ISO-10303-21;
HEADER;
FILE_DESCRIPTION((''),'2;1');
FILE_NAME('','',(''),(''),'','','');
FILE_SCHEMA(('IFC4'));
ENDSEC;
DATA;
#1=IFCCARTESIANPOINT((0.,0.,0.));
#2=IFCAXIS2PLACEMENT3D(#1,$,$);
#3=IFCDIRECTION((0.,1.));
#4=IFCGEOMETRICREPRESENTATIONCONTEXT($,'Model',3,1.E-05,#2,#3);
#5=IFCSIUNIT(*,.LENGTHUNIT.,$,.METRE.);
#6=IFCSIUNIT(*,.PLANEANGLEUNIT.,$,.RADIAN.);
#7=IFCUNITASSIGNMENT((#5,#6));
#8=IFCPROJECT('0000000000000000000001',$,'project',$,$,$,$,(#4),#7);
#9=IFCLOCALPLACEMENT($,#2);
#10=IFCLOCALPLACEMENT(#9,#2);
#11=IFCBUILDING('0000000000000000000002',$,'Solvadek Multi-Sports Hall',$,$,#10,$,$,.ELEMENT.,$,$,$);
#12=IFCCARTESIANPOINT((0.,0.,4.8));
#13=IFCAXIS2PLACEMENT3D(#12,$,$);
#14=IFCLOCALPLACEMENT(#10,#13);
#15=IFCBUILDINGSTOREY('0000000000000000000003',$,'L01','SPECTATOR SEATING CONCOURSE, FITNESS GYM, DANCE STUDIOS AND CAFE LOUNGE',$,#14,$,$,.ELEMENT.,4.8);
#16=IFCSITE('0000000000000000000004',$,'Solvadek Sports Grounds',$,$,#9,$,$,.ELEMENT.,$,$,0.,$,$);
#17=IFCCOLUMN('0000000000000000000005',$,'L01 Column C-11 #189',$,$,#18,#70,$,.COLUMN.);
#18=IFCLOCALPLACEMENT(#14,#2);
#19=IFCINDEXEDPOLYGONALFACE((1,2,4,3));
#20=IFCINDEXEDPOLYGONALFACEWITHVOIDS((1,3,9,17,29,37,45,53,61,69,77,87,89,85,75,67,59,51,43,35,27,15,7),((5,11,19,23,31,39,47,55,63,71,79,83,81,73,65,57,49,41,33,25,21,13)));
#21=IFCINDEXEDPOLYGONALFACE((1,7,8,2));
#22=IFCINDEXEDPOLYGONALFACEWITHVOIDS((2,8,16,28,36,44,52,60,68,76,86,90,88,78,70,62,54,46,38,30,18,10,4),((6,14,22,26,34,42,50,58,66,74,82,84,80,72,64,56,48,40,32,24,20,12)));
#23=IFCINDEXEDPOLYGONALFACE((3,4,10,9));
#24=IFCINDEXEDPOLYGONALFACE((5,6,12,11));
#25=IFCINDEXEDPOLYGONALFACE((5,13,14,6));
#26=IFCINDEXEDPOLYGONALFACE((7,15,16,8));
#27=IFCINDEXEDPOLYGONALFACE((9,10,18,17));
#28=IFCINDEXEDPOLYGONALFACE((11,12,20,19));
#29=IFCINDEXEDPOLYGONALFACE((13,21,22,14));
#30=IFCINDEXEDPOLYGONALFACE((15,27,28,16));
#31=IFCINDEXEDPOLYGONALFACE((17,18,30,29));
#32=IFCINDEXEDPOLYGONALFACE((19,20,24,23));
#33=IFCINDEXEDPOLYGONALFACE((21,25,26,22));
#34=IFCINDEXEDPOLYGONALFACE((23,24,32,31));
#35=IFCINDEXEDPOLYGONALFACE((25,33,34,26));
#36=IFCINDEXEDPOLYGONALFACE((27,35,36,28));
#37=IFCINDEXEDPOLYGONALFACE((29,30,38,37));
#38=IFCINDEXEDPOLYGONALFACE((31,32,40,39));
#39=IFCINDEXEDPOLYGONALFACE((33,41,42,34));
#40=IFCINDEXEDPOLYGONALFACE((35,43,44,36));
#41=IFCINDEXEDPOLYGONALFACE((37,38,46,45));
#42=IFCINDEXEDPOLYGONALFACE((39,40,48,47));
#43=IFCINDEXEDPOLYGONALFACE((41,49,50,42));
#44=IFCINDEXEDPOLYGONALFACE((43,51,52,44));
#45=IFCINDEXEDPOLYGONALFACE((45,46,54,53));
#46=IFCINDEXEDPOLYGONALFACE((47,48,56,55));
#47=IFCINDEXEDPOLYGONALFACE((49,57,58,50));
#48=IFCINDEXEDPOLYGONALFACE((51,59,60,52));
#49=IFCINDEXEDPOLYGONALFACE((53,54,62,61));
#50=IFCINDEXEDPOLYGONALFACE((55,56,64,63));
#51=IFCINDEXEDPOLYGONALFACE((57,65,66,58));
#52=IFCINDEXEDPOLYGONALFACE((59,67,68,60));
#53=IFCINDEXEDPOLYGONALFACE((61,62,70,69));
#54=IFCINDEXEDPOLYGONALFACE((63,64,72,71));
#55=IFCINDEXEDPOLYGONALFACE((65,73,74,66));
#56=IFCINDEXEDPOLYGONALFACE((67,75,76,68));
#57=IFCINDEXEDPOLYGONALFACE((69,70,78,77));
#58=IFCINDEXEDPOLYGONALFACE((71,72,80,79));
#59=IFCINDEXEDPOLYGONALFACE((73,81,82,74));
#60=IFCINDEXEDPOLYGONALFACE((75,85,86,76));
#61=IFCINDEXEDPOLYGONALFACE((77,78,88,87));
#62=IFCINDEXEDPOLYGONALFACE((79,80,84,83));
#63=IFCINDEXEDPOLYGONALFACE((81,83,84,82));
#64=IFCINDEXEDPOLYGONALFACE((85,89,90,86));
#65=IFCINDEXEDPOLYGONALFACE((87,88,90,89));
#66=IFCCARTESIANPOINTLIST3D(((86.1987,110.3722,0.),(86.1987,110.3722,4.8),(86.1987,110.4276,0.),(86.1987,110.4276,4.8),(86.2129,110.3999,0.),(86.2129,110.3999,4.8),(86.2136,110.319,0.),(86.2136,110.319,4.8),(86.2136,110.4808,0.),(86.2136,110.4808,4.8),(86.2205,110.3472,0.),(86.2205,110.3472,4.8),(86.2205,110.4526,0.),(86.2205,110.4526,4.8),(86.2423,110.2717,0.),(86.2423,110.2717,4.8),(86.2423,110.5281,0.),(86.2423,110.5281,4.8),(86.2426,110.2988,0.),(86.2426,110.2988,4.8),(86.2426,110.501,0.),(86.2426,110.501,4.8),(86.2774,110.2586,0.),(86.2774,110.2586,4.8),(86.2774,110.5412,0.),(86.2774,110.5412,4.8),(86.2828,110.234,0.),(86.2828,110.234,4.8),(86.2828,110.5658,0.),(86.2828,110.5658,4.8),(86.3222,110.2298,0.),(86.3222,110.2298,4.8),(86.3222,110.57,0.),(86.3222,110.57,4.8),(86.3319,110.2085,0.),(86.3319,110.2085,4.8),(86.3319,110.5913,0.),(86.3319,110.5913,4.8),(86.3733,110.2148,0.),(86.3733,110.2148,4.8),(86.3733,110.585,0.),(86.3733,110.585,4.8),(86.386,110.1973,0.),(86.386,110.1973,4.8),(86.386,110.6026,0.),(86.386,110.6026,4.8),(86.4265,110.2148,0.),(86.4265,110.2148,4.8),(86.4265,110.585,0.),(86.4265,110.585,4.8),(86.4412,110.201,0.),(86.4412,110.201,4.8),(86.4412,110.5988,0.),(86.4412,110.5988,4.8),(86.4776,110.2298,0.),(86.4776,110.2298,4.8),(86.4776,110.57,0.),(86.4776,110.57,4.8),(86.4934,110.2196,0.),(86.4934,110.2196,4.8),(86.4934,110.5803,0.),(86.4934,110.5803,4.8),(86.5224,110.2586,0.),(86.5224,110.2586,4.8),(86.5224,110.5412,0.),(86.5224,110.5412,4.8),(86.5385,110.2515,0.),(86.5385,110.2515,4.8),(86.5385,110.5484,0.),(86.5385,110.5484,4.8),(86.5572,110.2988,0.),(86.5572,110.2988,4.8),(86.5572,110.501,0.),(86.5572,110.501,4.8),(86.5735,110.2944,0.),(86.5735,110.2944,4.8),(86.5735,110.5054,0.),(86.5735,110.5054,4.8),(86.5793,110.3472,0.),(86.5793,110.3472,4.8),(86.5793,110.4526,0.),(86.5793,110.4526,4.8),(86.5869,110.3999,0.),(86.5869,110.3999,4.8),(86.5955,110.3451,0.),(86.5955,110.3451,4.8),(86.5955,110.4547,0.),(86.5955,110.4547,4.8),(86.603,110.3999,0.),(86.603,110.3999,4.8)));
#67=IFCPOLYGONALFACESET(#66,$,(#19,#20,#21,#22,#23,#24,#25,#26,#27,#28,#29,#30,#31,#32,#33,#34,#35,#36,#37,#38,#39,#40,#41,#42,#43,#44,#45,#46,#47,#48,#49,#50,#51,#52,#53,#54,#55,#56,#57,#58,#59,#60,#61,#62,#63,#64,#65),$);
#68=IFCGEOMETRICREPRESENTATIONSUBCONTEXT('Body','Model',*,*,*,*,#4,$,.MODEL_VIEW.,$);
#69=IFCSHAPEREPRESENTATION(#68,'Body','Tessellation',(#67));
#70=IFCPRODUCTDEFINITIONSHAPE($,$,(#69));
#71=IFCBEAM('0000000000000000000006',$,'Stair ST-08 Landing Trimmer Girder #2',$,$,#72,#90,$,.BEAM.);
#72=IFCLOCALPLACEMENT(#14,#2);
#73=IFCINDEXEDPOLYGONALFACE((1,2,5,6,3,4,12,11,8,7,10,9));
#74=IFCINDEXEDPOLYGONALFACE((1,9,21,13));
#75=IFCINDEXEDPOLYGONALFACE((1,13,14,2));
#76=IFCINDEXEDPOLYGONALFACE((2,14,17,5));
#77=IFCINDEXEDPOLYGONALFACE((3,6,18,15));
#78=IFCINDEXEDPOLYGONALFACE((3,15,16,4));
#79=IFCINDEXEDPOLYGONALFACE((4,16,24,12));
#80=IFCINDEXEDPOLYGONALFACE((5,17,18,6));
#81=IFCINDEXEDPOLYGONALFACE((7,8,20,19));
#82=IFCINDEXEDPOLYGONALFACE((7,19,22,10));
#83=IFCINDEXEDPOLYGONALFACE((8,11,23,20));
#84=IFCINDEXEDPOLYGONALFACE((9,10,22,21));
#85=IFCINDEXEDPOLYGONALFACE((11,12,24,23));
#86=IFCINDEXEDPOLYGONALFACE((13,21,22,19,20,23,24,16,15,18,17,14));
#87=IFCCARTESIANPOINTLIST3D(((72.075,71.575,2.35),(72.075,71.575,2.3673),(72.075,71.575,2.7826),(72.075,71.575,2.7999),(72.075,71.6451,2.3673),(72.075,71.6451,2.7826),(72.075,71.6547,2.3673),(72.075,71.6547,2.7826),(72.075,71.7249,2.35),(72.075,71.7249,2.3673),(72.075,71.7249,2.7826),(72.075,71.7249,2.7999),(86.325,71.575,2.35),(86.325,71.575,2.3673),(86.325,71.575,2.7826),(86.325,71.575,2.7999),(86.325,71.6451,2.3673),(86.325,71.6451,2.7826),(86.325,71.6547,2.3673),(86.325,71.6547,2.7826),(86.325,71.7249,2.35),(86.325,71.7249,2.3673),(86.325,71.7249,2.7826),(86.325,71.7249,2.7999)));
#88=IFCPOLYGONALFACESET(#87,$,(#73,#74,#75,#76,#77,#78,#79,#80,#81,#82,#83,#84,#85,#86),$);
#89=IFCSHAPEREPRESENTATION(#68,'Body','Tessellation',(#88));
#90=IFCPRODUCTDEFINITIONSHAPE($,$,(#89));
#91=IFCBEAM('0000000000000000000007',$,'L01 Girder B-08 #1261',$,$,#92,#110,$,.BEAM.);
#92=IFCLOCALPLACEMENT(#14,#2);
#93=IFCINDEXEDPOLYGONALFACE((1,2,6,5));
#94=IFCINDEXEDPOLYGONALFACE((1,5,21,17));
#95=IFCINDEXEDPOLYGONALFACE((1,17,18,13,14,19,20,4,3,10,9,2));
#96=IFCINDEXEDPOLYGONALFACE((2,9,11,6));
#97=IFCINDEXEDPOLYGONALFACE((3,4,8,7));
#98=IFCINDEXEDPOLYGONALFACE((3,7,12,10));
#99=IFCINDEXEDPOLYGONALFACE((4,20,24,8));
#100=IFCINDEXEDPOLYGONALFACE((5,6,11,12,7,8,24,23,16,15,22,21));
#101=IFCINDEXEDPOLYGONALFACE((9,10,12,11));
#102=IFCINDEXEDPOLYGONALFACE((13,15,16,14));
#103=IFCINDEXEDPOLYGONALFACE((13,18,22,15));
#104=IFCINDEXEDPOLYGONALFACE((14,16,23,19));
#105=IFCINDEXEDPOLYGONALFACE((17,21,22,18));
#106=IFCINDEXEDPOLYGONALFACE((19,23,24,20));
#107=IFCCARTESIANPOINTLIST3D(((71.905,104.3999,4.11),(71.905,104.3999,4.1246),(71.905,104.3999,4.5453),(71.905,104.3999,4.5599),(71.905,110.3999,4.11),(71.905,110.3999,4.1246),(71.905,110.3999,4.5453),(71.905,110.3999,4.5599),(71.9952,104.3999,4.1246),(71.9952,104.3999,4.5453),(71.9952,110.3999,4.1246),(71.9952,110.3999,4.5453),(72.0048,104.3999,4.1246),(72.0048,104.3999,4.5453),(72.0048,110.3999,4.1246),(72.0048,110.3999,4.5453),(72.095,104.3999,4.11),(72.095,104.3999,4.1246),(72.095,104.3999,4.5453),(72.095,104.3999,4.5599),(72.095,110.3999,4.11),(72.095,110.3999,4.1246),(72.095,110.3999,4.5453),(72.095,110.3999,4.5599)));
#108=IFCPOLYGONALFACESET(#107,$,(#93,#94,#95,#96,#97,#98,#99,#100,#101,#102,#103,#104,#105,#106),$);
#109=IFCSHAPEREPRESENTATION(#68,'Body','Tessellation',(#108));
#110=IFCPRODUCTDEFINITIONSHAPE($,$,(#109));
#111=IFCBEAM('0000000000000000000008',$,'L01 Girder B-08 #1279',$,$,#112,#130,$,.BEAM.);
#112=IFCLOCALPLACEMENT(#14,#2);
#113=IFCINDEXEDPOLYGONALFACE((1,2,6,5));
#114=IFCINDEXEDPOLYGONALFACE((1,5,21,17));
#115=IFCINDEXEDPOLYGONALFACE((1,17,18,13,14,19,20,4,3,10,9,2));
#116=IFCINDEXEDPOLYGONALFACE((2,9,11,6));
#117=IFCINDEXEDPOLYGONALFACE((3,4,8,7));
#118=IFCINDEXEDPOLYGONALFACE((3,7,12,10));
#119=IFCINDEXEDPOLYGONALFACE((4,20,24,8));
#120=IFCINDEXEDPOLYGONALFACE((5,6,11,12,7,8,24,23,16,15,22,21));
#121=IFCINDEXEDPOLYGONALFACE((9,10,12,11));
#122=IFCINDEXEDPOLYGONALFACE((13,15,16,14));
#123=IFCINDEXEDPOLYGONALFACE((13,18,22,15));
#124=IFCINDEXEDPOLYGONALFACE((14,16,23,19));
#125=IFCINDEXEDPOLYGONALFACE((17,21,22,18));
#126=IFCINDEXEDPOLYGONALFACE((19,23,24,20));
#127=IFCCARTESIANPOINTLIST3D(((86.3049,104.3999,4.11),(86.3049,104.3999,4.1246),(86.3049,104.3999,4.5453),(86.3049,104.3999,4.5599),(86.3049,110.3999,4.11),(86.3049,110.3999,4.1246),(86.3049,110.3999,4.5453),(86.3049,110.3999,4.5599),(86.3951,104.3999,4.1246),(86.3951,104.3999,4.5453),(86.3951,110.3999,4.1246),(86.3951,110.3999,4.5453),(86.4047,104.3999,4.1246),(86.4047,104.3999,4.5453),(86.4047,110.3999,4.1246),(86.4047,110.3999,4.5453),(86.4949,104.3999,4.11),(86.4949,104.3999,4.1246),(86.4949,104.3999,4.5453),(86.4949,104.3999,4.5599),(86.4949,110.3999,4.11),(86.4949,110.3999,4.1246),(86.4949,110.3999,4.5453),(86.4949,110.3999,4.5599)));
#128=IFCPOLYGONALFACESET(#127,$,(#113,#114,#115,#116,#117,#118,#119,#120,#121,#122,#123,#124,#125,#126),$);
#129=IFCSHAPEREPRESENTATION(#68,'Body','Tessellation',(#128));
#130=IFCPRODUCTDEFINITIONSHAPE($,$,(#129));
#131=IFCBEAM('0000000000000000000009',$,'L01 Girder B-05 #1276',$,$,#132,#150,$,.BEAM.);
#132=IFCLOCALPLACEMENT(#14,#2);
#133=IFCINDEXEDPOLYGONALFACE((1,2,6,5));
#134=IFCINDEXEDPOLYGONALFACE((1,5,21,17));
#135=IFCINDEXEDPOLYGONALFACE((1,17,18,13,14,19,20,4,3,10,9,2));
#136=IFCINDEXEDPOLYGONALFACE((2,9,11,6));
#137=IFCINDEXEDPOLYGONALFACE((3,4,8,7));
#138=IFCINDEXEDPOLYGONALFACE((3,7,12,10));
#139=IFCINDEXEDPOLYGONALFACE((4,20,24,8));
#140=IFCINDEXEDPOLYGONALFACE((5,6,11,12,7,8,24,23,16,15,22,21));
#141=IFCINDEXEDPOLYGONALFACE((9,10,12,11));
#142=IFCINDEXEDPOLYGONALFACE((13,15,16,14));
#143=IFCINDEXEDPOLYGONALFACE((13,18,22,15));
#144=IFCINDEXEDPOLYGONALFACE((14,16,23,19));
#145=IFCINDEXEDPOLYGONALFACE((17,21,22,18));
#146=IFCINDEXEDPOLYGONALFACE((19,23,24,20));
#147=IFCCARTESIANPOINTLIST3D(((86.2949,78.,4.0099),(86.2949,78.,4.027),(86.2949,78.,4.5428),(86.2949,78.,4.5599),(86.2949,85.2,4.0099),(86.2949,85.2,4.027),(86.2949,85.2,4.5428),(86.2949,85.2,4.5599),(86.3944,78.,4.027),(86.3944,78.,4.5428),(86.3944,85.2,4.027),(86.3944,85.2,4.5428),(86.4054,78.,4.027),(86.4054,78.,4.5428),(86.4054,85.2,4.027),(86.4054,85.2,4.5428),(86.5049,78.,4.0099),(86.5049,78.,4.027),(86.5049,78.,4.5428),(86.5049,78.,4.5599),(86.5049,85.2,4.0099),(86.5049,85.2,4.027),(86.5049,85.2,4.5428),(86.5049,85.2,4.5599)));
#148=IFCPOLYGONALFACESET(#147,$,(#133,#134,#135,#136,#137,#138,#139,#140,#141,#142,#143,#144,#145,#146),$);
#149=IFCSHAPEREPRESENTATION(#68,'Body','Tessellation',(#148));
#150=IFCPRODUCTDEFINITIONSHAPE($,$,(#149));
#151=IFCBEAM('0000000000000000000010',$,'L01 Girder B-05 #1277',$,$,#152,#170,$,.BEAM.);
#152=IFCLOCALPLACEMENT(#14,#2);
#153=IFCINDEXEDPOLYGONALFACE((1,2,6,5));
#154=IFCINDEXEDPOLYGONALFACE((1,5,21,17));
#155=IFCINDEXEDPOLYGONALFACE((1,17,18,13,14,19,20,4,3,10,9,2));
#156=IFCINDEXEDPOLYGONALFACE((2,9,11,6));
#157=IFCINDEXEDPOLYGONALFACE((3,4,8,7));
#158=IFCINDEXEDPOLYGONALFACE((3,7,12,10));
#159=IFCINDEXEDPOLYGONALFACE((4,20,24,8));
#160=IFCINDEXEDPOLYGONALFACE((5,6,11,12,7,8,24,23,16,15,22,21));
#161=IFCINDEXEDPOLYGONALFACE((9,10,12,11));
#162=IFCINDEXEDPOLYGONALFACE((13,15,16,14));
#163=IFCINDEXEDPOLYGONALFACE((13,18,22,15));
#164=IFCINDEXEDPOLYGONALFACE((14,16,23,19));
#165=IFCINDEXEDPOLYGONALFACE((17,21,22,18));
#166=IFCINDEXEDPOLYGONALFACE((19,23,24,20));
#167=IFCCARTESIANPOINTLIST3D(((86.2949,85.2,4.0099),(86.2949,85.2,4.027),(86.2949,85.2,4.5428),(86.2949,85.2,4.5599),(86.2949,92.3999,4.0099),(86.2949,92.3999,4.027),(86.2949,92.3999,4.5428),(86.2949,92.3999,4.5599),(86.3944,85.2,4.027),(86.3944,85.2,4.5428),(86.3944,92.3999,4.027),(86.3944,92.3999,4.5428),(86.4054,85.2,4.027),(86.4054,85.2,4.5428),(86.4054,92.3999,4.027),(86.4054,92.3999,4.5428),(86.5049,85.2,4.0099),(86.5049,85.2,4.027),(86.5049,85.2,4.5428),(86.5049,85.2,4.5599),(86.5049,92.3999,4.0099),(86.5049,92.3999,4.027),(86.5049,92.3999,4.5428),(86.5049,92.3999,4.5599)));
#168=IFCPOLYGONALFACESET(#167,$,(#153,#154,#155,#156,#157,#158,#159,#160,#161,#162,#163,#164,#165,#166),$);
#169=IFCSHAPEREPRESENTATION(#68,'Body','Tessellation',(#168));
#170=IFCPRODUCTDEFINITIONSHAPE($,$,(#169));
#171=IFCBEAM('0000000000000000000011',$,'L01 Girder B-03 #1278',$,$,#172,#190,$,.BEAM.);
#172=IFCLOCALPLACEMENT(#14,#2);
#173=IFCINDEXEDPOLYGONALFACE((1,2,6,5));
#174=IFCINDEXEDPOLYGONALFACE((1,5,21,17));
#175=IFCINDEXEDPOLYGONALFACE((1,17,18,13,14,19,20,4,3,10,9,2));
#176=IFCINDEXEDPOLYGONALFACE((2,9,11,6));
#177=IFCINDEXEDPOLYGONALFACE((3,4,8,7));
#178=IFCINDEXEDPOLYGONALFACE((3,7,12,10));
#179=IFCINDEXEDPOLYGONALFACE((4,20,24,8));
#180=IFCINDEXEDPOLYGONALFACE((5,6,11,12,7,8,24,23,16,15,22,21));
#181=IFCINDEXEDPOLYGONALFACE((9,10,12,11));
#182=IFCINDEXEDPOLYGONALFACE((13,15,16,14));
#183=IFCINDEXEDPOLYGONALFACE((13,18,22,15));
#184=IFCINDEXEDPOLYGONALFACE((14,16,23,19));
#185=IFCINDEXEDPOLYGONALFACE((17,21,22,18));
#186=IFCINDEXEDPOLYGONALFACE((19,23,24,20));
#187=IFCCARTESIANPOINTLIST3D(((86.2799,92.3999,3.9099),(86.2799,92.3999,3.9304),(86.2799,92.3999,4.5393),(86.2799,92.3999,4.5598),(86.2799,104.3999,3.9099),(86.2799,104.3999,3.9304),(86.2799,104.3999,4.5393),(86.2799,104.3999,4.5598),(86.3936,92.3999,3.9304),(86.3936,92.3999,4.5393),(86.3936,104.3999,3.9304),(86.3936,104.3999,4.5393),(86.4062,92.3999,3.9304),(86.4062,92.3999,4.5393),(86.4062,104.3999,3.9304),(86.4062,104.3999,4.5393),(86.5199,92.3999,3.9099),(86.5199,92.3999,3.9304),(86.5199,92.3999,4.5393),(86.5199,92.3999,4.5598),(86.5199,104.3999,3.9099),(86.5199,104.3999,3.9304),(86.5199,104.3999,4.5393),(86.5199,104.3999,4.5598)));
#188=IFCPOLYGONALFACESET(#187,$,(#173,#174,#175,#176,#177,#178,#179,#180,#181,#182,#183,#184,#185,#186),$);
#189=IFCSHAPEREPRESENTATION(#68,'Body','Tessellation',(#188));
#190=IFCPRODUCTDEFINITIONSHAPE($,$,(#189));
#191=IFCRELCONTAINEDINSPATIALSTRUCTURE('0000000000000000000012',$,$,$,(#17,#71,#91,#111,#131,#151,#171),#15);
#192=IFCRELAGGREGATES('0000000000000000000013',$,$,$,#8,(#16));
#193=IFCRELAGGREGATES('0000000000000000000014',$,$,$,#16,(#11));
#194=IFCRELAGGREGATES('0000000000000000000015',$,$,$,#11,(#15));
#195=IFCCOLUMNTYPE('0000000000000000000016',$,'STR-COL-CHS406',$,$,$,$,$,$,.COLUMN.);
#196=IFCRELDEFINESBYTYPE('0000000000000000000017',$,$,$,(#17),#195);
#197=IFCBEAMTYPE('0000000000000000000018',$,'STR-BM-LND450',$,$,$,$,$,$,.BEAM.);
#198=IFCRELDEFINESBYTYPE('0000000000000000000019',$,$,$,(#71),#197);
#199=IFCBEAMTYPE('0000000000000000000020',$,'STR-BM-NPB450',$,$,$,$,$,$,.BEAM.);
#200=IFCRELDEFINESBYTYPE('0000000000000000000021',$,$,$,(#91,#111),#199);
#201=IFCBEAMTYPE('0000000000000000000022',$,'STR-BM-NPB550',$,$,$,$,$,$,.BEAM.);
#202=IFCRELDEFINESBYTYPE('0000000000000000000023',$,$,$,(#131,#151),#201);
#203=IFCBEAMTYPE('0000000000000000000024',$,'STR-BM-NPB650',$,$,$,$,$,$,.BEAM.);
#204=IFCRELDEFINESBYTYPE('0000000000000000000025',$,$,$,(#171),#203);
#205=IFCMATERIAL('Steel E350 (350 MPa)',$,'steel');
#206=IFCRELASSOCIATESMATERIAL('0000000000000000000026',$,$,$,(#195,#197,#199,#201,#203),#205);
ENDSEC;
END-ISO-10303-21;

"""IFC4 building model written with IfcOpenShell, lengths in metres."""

from ifc_helpers import new_model, si_unit, direction, frame, origin, origin_2d, place, context, subcontext, project, spatial, hollow_circle, i_section, extrude, material, material_profile, profile_set, type_object, element, save


model = new_model("IFC4")

# Units and contexts
model_context = context("Model", 3, precision=1e-05, world=origin(), true_north=direction((0.0, 1.0)))
body_context = subcontext(model_context, "Body", "Model", "MODEL_VIEW")
ifc_project = project(units=[si_unit("LENGTHUNIT", "METRE"), si_unit("PLANEANGLEUNIT", "RADIAN")], contexts=[model_context])

# Site, building, storey
site_placement = place(None, origin())
site = spatial("IfcSite", under=ifc_project, at=site_placement, Name="Solvadek Sports Grounds", CompositionType="ELEMENT", RefElevation=0.0)
building_placement = place(site_placement, origin())
building = spatial("IfcBuilding", under=site, at=building_placement, Name="Solvadek Multi-Sports Hall", CompositionType="ELEMENT")
storey_placement = place(building_placement, frame((0.0, 0.0, 4.8)))
storey = spatial("IfcBuildingStorey", under=building, at=storey_placement, Name="L01", Description="SPECTATOR SEATING CONCOURSE, FITNESS GYM, DANCE STUDIOS AND CAFE LOUNGE", CompositionType="ELEMENT", Elevation=4.8)

# Column
ifc_material_1 = material(Name="Steel E350 (350 MPa)", Category="steel")
ifc_material_profile_1 = material_profile(ifc_material_1, hollow_circle(Radius=0.2031, WallThickness=0.0161, at=origin_2d()), Name="CHS 406.4x16")
ifc_profile_set_1 = profile_set([ifc_material_profile_1], Name="Steel E350 (350 MPa)")
column_type = type_object("IfcColumnType", Name="STR-COL-CHS406", PredefinedType="COLUMN", material=ifc_profile_set_1)
for number, where, z_axis, x_axis, name in (
    (1, (86.3999, 110.3999, 0.0), (0.0, 0.0, 1.0), (1.0, 0.0, 0.0), "L01 Column C-11 #189"),
):
    element("IfcColumn", number, at=place(storey_placement, frame(where, z_axis=z_axis, x_axis=x_axis)), inside=storey, type_object=column_type, Name=name, PredefinedType="COLUMN", context=body_context, shape_type="SweptSolid", body=[
        extrude(hollow_circle(Radius=0.2031, WallThickness=0.0161, at=origin_2d()), origin(), (0.0, 0.0, 1.0), 4.8),
    ])

# Beams
ifc_material_profile_2 = material_profile(ifc_material_1, i_section(OverallWidth=0.1499, OverallDepth=0.45, WebThickness=0.0095, FlangeThickness=0.0173, at=origin_2d()), Name="ISMB 450")
ifc_profile_set_2 = profile_set([ifc_material_profile_2], Name="Steel E350 (350 MPa)")
beam_type_1 = type_object("IfcBeamType", Name="STR-BM-LND450", PredefinedType="BEAM", material=ifc_profile_set_2)
beam_1_placement = place(storey_placement, frame((72.075, 71.6499, 2.575), z_axis=(1.0, 0.0, 0.0), x_axis=(0.0, 1.0, 0.0)))
element("IfcBeam", 2, at=beam_1_placement, inside=storey, type_object=beam_type_1, Name="Stair ST-08 Landing Trimmer Girder #2", PredefinedType="BEAM", context=body_context, shape_type="SweptSolid", body=[
    extrude(i_section(OverallWidth=0.1499, OverallDepth=0.45, WebThickness=0.0095, FlangeThickness=0.0173, at=origin_2d()), origin(), (0.0, 0.0, 1.0), 14.25),
])
ifc_material_profile_3 = material_profile(ifc_material_1, i_section(OverallWidth=0.1899, OverallDepth=0.45, WebThickness=0.0095, FlangeThickness=0.0146, at=origin_2d()), Name="NPB 450")
ifc_profile_set_3 = profile_set([ifc_material_profile_3], Name="Steel E350 (350 MPa)")
beam_type_2 = type_object("IfcBeamType", Name="STR-BM-NPB450", PredefinedType="BEAM", material=ifc_profile_set_3)
for number, where, z_axis, x_axis, name in (
    (3, (72.0, 104.3999, 4.335), (0.0, 1.0, 0.0), (-1.0, 0.0, 0.0), "L01 Girder B-08 #1261"),
    (4, (86.3999, 104.3999, 4.335), (0.0, 1.0, 0.0), (-1.0, 0.0, 0.0), "L01 Girder B-08 #1279"),
):
    element("IfcBeam", number, at=place(storey_placement, frame(where, z_axis=z_axis, x_axis=x_axis)), inside=storey, type_object=beam_type_2, Name=name, PredefinedType="BEAM", context=body_context, shape_type="SweptSolid", body=[
        extrude(i_section(OverallWidth=0.1899, OverallDepth=0.45, WebThickness=0.0095, FlangeThickness=0.0146, at=origin_2d()), origin(), (0.0, 0.0, 1.0), 6.0),
    ])
ifc_material_profile_4 = material_profile(ifc_material_1, i_section(OverallWidth=0.21, OverallDepth=0.55, WebThickness=0.011, FlangeThickness=0.0171, at=origin_2d()), Name="NPB 550")
ifc_profile_set_4 = profile_set([ifc_material_profile_4], Name="Steel E350 (350 MPa)")
beam_type_3 = type_object("IfcBeamType", Name="STR-BM-NPB550", PredefinedType="BEAM", material=ifc_profile_set_4)
for number, where, z_axis, x_axis, name in (
    (5, (86.3999, 78.0, 4.2849), (0.0, 1.0, 0.0), (-1.0, 0.0, 0.0), "L01 Girder B-05 #1276"),
    (6, (86.3999, 85.2, 4.2849), (0.0, 1.0, 0.0), (-1.0, 0.0, 0.0), "L01 Girder B-05 #1277"),
):
    element("IfcBeam", number, at=place(storey_placement, frame(where, z_axis=z_axis, x_axis=x_axis)), inside=storey, type_object=beam_type_3, Name=name, PredefinedType="BEAM", context=body_context, shape_type="SweptSolid", body=[
        extrude(i_section(OverallWidth=0.21, OverallDepth=0.55, WebThickness=0.011, FlangeThickness=0.0171, at=origin_2d()), origin(), (0.0, 0.0, 1.0), 7.2),
    ])
ifc_material_profile_5 = material_profile(ifc_material_1, i_section(OverallWidth=0.24, OverallDepth=0.6499, WebThickness=0.0127, FlangeThickness=0.0205, at=origin_2d()), Name="NPB 650")
ifc_profile_set_5 = profile_set([ifc_material_profile_5], Name="Steel E350 (350 MPa)")
beam_type_4 = type_object("IfcBeamType", Name="STR-BM-NPB650", PredefinedType="BEAM", material=ifc_profile_set_5)
beam_2_placement = place(storey_placement, frame((86.3999, 92.3999, 4.2349), z_axis=(0.0, 1.0, 0.0), x_axis=(-1.0, 0.0, 0.0)))
element("IfcBeam", 7, at=beam_2_placement, inside=storey, type_object=beam_type_4, Name="L01 Girder B-03 #1278", PredefinedType="BEAM", context=body_context, shape_type="SweptSolid", body=[
    extrude(i_section(OverallWidth=0.24, OverallDepth=0.6499, WebThickness=0.0127, FlangeThickness=0.0205, at=origin_2d()), origin(), (0.0, 0.0, 1.0), 12.0),
])

save(model, "model.ifc")
